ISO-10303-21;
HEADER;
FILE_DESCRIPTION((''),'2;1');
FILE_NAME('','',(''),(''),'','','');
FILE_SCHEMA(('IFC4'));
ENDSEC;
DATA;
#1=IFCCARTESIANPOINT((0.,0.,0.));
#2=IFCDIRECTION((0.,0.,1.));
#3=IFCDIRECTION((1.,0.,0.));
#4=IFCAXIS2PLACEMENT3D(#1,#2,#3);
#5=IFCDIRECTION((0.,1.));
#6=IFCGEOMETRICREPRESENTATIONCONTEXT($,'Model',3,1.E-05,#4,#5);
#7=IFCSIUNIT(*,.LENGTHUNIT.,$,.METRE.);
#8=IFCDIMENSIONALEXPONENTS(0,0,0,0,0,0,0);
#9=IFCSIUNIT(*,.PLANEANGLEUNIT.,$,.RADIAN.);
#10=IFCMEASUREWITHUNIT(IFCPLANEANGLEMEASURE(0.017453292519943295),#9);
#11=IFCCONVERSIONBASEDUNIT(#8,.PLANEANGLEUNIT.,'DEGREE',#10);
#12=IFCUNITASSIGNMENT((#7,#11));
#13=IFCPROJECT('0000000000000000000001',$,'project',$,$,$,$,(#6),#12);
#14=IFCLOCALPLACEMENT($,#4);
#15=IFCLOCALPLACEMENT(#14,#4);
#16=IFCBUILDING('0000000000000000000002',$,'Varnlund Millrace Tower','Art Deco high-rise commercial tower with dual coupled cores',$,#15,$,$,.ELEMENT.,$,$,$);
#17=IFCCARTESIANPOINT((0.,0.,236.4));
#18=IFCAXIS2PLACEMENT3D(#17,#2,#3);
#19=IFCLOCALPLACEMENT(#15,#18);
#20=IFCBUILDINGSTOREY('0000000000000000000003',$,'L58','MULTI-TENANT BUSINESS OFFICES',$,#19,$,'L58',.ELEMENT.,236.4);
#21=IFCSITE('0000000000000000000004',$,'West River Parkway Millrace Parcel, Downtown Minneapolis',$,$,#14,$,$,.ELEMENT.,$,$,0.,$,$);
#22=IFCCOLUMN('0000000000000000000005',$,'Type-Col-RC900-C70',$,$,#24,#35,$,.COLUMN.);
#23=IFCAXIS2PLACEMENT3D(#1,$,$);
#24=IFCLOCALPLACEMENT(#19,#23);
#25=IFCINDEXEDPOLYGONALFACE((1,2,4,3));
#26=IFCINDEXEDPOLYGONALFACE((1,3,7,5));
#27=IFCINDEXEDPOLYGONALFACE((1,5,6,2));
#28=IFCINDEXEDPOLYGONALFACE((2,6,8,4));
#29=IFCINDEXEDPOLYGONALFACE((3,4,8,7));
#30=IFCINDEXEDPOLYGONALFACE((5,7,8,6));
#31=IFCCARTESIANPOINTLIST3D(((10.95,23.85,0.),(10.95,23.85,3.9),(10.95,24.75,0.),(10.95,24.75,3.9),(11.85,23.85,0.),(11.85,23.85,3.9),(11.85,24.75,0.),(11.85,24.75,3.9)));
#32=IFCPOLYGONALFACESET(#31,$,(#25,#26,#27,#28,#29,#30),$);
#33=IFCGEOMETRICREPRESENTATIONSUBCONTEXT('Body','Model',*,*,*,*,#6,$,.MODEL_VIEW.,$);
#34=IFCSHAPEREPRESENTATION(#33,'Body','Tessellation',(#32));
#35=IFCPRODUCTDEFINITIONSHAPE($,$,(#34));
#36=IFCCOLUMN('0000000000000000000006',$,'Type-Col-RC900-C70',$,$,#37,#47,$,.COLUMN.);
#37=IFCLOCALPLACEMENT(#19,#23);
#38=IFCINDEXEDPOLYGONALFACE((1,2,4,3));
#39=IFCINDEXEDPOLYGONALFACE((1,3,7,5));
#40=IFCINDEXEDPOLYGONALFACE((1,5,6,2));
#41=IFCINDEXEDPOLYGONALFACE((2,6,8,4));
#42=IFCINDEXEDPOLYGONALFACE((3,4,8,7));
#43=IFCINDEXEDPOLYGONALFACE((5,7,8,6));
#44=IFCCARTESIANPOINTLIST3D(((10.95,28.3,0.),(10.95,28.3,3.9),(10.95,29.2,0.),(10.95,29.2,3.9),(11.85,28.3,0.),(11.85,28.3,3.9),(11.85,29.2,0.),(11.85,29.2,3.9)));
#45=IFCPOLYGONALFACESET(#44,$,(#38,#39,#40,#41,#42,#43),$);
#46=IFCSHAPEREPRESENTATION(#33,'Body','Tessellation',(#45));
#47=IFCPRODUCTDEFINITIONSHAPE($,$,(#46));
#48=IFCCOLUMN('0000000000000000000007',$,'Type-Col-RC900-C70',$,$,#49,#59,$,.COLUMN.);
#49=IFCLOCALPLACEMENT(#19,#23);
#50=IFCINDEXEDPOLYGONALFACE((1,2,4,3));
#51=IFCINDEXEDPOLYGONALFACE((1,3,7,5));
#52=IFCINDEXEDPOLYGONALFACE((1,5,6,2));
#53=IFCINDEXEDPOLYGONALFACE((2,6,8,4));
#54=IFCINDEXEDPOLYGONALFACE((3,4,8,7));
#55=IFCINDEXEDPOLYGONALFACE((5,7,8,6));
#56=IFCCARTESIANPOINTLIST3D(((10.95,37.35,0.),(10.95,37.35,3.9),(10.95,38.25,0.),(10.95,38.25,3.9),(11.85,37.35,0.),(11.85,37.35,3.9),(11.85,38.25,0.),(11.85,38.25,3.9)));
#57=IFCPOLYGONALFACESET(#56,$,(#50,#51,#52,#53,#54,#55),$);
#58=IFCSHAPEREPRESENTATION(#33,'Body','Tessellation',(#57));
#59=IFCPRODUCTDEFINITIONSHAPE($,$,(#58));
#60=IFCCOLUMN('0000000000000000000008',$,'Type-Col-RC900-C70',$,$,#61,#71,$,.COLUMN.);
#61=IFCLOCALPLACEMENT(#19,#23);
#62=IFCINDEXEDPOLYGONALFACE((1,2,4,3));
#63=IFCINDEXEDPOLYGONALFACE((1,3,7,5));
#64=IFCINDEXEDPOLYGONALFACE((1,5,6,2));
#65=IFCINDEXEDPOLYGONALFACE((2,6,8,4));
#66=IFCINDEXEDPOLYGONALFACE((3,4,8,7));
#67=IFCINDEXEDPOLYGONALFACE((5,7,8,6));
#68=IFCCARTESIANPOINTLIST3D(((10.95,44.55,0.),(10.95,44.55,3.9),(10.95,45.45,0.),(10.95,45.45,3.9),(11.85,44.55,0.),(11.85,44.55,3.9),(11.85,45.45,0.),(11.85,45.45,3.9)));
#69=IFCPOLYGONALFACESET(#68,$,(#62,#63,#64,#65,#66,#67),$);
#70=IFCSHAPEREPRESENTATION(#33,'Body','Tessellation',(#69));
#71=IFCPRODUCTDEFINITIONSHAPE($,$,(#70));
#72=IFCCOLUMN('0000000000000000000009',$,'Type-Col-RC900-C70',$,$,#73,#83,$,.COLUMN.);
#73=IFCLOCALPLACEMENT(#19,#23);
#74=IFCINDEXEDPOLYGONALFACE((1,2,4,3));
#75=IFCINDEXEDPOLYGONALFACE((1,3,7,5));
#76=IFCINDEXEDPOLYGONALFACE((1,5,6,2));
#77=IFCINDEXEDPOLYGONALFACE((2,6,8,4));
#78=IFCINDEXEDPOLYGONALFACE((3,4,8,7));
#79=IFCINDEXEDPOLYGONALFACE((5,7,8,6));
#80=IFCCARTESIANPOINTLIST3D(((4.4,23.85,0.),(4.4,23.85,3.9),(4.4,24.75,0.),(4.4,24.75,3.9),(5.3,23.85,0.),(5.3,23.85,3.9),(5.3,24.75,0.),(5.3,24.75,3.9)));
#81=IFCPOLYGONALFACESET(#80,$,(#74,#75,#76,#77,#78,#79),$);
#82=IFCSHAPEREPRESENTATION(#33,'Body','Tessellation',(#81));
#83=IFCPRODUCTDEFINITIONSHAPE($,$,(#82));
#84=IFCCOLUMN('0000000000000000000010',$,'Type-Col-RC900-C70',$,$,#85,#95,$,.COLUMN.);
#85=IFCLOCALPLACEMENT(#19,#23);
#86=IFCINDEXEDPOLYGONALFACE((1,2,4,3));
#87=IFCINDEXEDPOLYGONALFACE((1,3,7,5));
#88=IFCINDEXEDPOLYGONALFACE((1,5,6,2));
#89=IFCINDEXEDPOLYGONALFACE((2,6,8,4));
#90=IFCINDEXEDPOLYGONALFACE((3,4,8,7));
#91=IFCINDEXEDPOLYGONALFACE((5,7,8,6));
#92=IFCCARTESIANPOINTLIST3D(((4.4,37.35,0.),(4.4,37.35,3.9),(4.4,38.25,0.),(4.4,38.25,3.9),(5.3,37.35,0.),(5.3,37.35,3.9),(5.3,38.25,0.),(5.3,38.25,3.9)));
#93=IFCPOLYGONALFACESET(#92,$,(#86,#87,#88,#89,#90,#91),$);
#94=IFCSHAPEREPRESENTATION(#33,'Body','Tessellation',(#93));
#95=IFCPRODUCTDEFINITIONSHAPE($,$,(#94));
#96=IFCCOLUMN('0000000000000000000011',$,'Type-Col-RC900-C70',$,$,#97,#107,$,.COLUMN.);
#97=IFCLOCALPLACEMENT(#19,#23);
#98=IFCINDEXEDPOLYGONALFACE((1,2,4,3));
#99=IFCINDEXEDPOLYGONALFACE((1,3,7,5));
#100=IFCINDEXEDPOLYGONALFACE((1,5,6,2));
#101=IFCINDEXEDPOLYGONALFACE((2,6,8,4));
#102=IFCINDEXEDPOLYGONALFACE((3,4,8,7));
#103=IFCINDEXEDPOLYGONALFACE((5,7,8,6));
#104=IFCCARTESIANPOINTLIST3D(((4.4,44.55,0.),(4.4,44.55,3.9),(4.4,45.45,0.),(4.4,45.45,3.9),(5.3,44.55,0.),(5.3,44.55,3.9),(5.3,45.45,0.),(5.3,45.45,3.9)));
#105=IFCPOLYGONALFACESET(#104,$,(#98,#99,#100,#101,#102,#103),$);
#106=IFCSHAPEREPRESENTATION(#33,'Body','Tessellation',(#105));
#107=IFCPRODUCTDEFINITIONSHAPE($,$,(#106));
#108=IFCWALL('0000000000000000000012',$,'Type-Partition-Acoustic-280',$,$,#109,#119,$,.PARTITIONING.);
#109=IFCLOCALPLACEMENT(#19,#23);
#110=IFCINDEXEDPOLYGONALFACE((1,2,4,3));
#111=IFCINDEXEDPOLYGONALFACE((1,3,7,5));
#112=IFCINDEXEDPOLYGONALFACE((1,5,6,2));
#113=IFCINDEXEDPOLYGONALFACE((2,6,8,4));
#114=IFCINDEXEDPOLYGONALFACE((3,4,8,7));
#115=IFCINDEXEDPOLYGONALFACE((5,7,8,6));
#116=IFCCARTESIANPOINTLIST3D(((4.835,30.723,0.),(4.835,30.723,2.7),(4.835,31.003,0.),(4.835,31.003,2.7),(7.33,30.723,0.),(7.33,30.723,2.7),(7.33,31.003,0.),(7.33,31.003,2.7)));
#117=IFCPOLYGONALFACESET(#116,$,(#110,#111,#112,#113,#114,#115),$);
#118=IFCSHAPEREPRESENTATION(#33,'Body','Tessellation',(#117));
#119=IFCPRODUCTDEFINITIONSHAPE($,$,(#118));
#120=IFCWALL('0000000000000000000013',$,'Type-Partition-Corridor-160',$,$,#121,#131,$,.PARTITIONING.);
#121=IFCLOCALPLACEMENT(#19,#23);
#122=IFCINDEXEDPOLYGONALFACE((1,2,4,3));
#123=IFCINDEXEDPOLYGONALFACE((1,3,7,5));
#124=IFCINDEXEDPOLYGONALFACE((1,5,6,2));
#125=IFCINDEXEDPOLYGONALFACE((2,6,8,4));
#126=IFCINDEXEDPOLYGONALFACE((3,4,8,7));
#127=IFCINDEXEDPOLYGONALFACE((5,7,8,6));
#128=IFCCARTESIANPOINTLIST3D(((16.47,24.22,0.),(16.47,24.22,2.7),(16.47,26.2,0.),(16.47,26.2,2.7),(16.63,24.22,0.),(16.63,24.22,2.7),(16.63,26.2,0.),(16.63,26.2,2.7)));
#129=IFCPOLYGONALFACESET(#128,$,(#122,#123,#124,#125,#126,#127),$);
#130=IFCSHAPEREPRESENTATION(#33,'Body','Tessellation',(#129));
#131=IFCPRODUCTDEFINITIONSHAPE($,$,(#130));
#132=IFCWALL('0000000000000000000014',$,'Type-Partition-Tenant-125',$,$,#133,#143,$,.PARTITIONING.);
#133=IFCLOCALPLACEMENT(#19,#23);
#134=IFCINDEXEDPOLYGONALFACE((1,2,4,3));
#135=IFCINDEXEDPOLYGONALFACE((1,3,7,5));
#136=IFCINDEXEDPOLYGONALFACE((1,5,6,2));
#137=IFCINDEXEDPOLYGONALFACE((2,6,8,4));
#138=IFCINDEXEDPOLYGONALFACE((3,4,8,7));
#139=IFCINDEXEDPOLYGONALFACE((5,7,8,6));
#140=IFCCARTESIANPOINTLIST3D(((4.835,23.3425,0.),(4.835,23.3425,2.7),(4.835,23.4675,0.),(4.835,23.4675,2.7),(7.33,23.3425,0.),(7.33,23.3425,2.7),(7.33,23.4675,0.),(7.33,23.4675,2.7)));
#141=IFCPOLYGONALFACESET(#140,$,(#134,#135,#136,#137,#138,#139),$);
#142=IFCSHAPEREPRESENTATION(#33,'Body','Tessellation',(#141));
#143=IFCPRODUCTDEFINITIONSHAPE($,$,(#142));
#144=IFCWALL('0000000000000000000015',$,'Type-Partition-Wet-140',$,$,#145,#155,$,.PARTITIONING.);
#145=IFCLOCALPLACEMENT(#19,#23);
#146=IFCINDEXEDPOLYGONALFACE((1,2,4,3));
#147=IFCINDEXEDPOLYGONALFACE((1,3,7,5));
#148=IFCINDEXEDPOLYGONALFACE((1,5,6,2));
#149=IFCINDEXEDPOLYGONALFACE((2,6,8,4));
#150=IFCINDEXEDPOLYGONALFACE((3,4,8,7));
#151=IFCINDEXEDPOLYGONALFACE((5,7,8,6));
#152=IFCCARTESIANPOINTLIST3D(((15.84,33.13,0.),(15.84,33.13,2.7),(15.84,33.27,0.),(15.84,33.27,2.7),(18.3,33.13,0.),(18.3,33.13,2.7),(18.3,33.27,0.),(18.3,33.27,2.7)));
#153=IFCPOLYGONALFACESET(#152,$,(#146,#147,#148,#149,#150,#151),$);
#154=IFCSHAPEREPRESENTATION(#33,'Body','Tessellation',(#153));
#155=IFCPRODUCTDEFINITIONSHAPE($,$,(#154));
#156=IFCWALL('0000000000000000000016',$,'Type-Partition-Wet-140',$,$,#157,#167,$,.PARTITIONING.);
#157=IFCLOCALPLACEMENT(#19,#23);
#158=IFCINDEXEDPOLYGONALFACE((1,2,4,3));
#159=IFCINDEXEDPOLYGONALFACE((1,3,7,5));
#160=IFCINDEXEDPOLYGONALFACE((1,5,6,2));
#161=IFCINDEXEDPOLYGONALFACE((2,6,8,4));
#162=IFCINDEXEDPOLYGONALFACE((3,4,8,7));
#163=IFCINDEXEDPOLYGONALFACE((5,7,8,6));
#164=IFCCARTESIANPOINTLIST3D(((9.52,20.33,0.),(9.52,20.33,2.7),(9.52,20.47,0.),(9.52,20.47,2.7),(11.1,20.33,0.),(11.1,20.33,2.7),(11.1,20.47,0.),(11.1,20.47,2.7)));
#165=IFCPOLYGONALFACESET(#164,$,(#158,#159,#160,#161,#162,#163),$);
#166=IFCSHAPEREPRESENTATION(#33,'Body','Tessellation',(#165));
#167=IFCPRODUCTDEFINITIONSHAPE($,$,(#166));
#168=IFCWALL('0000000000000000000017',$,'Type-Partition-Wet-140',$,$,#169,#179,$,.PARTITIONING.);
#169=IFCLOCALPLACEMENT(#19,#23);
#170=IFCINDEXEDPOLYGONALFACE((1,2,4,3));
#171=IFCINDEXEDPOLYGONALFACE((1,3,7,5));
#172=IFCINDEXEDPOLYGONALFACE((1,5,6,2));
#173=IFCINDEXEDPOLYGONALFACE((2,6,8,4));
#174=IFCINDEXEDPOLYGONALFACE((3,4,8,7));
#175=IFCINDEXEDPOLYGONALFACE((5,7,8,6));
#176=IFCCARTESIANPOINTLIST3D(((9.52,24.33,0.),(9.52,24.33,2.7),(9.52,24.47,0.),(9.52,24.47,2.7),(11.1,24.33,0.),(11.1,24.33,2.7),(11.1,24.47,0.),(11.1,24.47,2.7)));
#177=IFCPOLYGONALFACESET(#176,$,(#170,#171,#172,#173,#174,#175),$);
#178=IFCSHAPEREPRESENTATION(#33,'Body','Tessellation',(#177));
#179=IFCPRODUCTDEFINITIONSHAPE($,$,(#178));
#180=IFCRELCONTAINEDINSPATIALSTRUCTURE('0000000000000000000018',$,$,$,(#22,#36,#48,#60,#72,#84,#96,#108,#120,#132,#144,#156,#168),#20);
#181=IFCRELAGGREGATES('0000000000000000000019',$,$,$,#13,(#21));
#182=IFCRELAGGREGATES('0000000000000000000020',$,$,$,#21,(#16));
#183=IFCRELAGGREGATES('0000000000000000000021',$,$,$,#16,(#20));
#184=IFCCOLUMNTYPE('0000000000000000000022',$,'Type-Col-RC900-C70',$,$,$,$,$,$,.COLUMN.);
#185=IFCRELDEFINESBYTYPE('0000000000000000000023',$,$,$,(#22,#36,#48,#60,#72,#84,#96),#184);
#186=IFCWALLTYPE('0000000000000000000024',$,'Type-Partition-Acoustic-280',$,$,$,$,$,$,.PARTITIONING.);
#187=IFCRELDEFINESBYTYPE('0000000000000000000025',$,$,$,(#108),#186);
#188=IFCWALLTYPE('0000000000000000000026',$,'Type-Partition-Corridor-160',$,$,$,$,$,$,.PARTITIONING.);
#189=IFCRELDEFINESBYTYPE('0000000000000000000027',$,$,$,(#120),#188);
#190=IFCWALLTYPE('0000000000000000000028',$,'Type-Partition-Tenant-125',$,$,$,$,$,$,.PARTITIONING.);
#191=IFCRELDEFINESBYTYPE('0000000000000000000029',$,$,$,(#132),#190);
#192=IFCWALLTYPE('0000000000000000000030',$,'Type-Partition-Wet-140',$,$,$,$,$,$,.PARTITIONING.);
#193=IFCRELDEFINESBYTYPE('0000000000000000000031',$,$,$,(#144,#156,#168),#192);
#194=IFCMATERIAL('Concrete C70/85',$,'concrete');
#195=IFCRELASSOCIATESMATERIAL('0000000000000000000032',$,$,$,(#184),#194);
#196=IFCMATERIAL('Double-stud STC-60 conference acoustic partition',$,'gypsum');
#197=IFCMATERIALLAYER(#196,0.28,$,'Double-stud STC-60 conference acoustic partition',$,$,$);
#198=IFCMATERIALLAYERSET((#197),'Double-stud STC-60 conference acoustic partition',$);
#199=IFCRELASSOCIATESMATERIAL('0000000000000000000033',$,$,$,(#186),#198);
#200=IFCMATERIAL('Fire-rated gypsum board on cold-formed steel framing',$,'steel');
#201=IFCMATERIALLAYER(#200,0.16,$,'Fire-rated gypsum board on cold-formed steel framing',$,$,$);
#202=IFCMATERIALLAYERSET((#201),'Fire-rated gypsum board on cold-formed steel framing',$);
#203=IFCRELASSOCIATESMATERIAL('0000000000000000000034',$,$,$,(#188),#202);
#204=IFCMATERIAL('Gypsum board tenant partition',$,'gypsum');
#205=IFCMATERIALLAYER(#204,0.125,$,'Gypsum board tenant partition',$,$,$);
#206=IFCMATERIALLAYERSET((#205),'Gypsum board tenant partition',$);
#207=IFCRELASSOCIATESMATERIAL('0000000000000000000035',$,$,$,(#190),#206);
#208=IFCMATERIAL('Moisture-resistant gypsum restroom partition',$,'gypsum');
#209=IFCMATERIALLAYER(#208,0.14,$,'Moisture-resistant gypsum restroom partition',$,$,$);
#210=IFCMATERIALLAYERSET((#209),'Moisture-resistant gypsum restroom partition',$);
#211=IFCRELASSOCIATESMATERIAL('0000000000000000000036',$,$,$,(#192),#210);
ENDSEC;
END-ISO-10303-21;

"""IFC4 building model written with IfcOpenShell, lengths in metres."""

from ifc_helpers import new_model, entity, si_unit, converted_unit, direction, frame, origin_with_axes, origin_2d_with_axis, place, context, subcontext, project, spatial, polyline, rectangle, outline, extrude, material, layer, layer_set, material_profile, profile_set, type_object, element, save


model = new_model("IFC4")

# Units and contexts
model_context = context("Model", 3, precision=1e-05, world=origin_with_axes(), true_north=direction((0.0, 1.0)))
body_context = subcontext(model_context, "Body", "Model", "MODEL_VIEW")
ifc_project = project(units=[si_unit("LENGTHUNIT", "METRE"), converted_unit("PLANEANGLEUNIT", "DEGREE", entity("IfcPlaneAngleMeasure", 0.017453292519943295), si_unit("PLANEANGLEUNIT", "RADIAN"), dimensions=[0, 0, 0, 0, 0, 0, 0])], contexts=[model_context])

# Site, building, storey
site_placement = place(None, origin_with_axes())
site = spatial("IfcSite", under=ifc_project, at=site_placement, Name="West River Parkway Millrace Parcel, Downtown Minneapolis", CompositionType="ELEMENT", RefElevation=0.0)
building_placement = place(site_placement, origin_with_axes())
building = spatial("IfcBuilding", under=site, at=building_placement, Name="Varnlund Millrace Tower", Description="Art Deco high-rise commercial tower with dual coupled cores", CompositionType="ELEMENT")
storey_placement = place(building_placement, frame((0.0, 0.0, 236.4), z_axis=(0.0, 0.0, 1.0), x_axis=(1.0, 0.0, 0.0)))
storey = spatial("IfcBuildingStorey", under=building, at=storey_placement, Name="L58", Description="MULTI-TENANT BUSINESS OFFICES", LongName="L58", CompositionType="ELEMENT", Elevation=236.4)

# Columns
ifc_material_1 = material(Name="Concrete C70/85", Category="concrete")
ifc_material_profile = material_profile(ifc_material_1, rectangle(XDim=0.9, YDim=0.9, at=origin_2d_with_axis()), Name="Concrete C70/85")
ifc_profile_set = profile_set([ifc_material_profile], Name="Concrete C70/85")
column_type = type_object("IfcColumnType", Name="Type-Col-RC900-C70", PredefinedType="COLUMN", material=ifc_profile_set)
for number, where, z_axis, x_axis, name in (
    (1, (11.4, 24.3, 0.0), (0.0, 0.0, 1.0), (1.0, 0.0, 0.0), "Type-Col-RC900-C70"),
    (2, (11.4, 28.75, 0.0), (0.0, 0.0, 1.0), (1.0, 0.0, 0.0), "Type-Col-RC900-C70"),
    (3, (11.4, 37.8, 0.0), (0.0, 0.0, 1.0), (1.0, 0.0, 0.0), "Type-Col-RC900-C70"),
    (4, (11.4, 45.0, 0.0), (0.0, 0.0, 1.0), (1.0, 0.0, 0.0), "Type-Col-RC900-C70"),
    (5, (4.85, 24.3, 0.0), (0.0, 0.0, 1.0), (1.0, 0.0, 0.0), "Type-Col-RC900-C70"),
    (6, (4.85, 37.8, 0.0), (0.0, 0.0, 1.0), (1.0, 0.0, 0.0), "Type-Col-RC900-C70"),
    (7, (4.85, 45.0, 0.0), (0.0, 0.0, 1.0), (1.0, 0.0, 0.0), "Type-Col-RC900-C70"),
):
    element("IfcColumn", number, at=place(storey_placement, frame(where, z_axis=z_axis, x_axis=x_axis)), inside=storey, type_object=column_type, Name=name, PredefinedType="COLUMN", context=body_context, shape_type="SweptSolid", body=[
        extrude(rectangle(XDim=0.9, YDim=0.9, at=origin_2d_with_axis()), origin_with_axes(), (0.0, 0.0, 1.0), 3.9),
    ])

# Walls
ifc_material_2 = material(Name="Double-stud STC-60 conference acoustic partition", Category="gypsum")
ifc_layer_1 = layer(ifc_material_2, 0.28, Name="Double-stud STC-60 conference acoustic partition")
ifc_layer_set_1 = layer_set([ifc_layer_1], Name="Double-stud STC-60 conference acoustic partition")
wall_type_1 = type_object("IfcWallType", Name="Type-Partition-Acoustic-280", PredefinedType="PARTITIONING", material=ifc_layer_set_1)
wall_1_placement = place(storey_placement, frame((4.835, 30.863, 0.0), z_axis=(0.0, 0.0, 1.0), x_axis=(1.0, 0.0, 0.0)))
element("IfcWall", 8, at=wall_1_placement, inside=storey, type_object=wall_type_1, Name="Type-Partition-Acoustic-280", PredefinedType="PARTITIONING", context=body_context, shape_type="SweptSolid", body=[
    extrude(outline(polyline([(0.0, -0.14), (2.495, -0.14), (2.495, 0.14), (0.0, 0.14), (0.0, -0.14)])), origin_with_axes(), (0.0, 0.0, 1.0), 2.7),
])
ifc_material_3 = material(Name="Fire-rated gypsum board on cold-formed steel framing", Category="steel")
ifc_layer_2 = layer(ifc_material_3, 0.16, Name="Fire-rated gypsum board on cold-formed steel framing")
ifc_layer_set_2 = layer_set([ifc_layer_2], Name="Fire-rated gypsum board on cold-formed steel framing")
wall_type_2 = type_object("IfcWallType", Name="Type-Partition-Corridor-160", PredefinedType="PARTITIONING", material=ifc_layer_set_2)
wall_2_placement = place(storey_placement, frame((16.55, 24.22, 0.0), z_axis=(0.0, 0.0, 1.0), x_axis=(0.0, 1.0, 0.0)))
element("IfcWall", 9, at=wall_2_placement, inside=storey, type_object=wall_type_2, Name="Type-Partition-Corridor-160", PredefinedType="PARTITIONING", context=body_context, shape_type="SweptSolid", body=[
    extrude(outline(polyline([(0.0, -0.08), (1.98, -0.08), (1.98, 0.08), (0.0, 0.08), (0.0, -0.08)])), origin_with_axes(), (0.0, 0.0, 1.0), 2.7),
])

# Walls
ifc_material_4 = material(Name="Gypsum board tenant partition", Category="gypsum")
ifc_layer_3 = layer(ifc_material_4, 0.125, Name="Gypsum board tenant partition")
ifc_layer_set_3 = layer_set([ifc_layer_3], Name="Gypsum board tenant partition")
wall_type_3 = type_object("IfcWallType", Name="Type-Partition-Tenant-125", PredefinedType="PARTITIONING", material=ifc_layer_set_3)
wall_3_placement = place(storey_placement, frame((4.835, 23.405, 0.0), z_axis=(0.0, 0.0, 1.0), x_axis=(1.0, 0.0, 0.0)))
element("IfcWall", 10, at=wall_3_placement, inside=storey, type_object=wall_type_3, Name="Type-Partition-Tenant-125", PredefinedType="PARTITIONING", context=body_context, shape_type="SweptSolid", body=[
    extrude(outline(polyline([(0.0, -0.0625), (2.495, -0.0625), (2.495, 0.0625), (0.0, 0.0625), (0.0, -0.0625)])), origin_with_axes(), (0.0, 0.0, 1.0), 2.7),
])
ifc_material_5 = material(Name="Moisture-resistant gypsum restroom partition", Category="gypsum")
ifc_layer_4 = layer(ifc_material_5, 0.14, Name="Moisture-resistant gypsum restroom partition")
ifc_layer_set_4 = layer_set([ifc_layer_4], Name="Moisture-resistant gypsum restroom partition")
wall_type_4 = type_object("IfcWallType", Name="Type-Partition-Wet-140", PredefinedType="PARTITIONING", material=ifc_layer_set_4)
wall_4_placement = place(storey_placement, frame((15.84, 33.2, 0.0), z_axis=(0.0, 0.0, 1.0), x_axis=(1.0, 0.0, 0.0)))
element("IfcWall", 11, at=wall_4_placement, inside=storey, type_object=wall_type_4, Name="Type-Partition-Wet-140", PredefinedType="PARTITIONING", context=body_context, shape_type="SweptSolid", body=[
    extrude(outline(polyline([(0.0, -0.07), (2.46, -0.07), (2.46, 0.07), (0.0, 0.07), (0.0, -0.07)])), origin_with_axes(), (0.0, 0.0, 1.0), 2.7),
])
for number, where, z_axis, x_axis, name in (
    (12, (9.52, 20.4, 0.0), (0.0, 0.0, 1.0), (1.0, 0.0, 0.0), "Type-Partition-Wet-140"),
    (13, (9.52, 24.4, 0.0), (0.0, 0.0, 1.0), (1.0, 0.0, 0.0), "Type-Partition-Wet-140"),
):
    element("IfcWall", number, at=place(storey_placement, frame(where, z_axis=z_axis, x_axis=x_axis)), inside=storey, type_object=wall_type_4, Name=name, PredefinedType="PARTITIONING", context=body_context, shape_type="SweptSolid", body=[
        extrude(outline(polyline([(0.0, -0.07), (1.58, -0.07), (1.58, 0.07), (0.0, 0.07), (0.0, -0.07)])), origin_with_axes(), (0.0, 0.0, 1.0), 2.7),
    ])

save(model, "model.ifc")
